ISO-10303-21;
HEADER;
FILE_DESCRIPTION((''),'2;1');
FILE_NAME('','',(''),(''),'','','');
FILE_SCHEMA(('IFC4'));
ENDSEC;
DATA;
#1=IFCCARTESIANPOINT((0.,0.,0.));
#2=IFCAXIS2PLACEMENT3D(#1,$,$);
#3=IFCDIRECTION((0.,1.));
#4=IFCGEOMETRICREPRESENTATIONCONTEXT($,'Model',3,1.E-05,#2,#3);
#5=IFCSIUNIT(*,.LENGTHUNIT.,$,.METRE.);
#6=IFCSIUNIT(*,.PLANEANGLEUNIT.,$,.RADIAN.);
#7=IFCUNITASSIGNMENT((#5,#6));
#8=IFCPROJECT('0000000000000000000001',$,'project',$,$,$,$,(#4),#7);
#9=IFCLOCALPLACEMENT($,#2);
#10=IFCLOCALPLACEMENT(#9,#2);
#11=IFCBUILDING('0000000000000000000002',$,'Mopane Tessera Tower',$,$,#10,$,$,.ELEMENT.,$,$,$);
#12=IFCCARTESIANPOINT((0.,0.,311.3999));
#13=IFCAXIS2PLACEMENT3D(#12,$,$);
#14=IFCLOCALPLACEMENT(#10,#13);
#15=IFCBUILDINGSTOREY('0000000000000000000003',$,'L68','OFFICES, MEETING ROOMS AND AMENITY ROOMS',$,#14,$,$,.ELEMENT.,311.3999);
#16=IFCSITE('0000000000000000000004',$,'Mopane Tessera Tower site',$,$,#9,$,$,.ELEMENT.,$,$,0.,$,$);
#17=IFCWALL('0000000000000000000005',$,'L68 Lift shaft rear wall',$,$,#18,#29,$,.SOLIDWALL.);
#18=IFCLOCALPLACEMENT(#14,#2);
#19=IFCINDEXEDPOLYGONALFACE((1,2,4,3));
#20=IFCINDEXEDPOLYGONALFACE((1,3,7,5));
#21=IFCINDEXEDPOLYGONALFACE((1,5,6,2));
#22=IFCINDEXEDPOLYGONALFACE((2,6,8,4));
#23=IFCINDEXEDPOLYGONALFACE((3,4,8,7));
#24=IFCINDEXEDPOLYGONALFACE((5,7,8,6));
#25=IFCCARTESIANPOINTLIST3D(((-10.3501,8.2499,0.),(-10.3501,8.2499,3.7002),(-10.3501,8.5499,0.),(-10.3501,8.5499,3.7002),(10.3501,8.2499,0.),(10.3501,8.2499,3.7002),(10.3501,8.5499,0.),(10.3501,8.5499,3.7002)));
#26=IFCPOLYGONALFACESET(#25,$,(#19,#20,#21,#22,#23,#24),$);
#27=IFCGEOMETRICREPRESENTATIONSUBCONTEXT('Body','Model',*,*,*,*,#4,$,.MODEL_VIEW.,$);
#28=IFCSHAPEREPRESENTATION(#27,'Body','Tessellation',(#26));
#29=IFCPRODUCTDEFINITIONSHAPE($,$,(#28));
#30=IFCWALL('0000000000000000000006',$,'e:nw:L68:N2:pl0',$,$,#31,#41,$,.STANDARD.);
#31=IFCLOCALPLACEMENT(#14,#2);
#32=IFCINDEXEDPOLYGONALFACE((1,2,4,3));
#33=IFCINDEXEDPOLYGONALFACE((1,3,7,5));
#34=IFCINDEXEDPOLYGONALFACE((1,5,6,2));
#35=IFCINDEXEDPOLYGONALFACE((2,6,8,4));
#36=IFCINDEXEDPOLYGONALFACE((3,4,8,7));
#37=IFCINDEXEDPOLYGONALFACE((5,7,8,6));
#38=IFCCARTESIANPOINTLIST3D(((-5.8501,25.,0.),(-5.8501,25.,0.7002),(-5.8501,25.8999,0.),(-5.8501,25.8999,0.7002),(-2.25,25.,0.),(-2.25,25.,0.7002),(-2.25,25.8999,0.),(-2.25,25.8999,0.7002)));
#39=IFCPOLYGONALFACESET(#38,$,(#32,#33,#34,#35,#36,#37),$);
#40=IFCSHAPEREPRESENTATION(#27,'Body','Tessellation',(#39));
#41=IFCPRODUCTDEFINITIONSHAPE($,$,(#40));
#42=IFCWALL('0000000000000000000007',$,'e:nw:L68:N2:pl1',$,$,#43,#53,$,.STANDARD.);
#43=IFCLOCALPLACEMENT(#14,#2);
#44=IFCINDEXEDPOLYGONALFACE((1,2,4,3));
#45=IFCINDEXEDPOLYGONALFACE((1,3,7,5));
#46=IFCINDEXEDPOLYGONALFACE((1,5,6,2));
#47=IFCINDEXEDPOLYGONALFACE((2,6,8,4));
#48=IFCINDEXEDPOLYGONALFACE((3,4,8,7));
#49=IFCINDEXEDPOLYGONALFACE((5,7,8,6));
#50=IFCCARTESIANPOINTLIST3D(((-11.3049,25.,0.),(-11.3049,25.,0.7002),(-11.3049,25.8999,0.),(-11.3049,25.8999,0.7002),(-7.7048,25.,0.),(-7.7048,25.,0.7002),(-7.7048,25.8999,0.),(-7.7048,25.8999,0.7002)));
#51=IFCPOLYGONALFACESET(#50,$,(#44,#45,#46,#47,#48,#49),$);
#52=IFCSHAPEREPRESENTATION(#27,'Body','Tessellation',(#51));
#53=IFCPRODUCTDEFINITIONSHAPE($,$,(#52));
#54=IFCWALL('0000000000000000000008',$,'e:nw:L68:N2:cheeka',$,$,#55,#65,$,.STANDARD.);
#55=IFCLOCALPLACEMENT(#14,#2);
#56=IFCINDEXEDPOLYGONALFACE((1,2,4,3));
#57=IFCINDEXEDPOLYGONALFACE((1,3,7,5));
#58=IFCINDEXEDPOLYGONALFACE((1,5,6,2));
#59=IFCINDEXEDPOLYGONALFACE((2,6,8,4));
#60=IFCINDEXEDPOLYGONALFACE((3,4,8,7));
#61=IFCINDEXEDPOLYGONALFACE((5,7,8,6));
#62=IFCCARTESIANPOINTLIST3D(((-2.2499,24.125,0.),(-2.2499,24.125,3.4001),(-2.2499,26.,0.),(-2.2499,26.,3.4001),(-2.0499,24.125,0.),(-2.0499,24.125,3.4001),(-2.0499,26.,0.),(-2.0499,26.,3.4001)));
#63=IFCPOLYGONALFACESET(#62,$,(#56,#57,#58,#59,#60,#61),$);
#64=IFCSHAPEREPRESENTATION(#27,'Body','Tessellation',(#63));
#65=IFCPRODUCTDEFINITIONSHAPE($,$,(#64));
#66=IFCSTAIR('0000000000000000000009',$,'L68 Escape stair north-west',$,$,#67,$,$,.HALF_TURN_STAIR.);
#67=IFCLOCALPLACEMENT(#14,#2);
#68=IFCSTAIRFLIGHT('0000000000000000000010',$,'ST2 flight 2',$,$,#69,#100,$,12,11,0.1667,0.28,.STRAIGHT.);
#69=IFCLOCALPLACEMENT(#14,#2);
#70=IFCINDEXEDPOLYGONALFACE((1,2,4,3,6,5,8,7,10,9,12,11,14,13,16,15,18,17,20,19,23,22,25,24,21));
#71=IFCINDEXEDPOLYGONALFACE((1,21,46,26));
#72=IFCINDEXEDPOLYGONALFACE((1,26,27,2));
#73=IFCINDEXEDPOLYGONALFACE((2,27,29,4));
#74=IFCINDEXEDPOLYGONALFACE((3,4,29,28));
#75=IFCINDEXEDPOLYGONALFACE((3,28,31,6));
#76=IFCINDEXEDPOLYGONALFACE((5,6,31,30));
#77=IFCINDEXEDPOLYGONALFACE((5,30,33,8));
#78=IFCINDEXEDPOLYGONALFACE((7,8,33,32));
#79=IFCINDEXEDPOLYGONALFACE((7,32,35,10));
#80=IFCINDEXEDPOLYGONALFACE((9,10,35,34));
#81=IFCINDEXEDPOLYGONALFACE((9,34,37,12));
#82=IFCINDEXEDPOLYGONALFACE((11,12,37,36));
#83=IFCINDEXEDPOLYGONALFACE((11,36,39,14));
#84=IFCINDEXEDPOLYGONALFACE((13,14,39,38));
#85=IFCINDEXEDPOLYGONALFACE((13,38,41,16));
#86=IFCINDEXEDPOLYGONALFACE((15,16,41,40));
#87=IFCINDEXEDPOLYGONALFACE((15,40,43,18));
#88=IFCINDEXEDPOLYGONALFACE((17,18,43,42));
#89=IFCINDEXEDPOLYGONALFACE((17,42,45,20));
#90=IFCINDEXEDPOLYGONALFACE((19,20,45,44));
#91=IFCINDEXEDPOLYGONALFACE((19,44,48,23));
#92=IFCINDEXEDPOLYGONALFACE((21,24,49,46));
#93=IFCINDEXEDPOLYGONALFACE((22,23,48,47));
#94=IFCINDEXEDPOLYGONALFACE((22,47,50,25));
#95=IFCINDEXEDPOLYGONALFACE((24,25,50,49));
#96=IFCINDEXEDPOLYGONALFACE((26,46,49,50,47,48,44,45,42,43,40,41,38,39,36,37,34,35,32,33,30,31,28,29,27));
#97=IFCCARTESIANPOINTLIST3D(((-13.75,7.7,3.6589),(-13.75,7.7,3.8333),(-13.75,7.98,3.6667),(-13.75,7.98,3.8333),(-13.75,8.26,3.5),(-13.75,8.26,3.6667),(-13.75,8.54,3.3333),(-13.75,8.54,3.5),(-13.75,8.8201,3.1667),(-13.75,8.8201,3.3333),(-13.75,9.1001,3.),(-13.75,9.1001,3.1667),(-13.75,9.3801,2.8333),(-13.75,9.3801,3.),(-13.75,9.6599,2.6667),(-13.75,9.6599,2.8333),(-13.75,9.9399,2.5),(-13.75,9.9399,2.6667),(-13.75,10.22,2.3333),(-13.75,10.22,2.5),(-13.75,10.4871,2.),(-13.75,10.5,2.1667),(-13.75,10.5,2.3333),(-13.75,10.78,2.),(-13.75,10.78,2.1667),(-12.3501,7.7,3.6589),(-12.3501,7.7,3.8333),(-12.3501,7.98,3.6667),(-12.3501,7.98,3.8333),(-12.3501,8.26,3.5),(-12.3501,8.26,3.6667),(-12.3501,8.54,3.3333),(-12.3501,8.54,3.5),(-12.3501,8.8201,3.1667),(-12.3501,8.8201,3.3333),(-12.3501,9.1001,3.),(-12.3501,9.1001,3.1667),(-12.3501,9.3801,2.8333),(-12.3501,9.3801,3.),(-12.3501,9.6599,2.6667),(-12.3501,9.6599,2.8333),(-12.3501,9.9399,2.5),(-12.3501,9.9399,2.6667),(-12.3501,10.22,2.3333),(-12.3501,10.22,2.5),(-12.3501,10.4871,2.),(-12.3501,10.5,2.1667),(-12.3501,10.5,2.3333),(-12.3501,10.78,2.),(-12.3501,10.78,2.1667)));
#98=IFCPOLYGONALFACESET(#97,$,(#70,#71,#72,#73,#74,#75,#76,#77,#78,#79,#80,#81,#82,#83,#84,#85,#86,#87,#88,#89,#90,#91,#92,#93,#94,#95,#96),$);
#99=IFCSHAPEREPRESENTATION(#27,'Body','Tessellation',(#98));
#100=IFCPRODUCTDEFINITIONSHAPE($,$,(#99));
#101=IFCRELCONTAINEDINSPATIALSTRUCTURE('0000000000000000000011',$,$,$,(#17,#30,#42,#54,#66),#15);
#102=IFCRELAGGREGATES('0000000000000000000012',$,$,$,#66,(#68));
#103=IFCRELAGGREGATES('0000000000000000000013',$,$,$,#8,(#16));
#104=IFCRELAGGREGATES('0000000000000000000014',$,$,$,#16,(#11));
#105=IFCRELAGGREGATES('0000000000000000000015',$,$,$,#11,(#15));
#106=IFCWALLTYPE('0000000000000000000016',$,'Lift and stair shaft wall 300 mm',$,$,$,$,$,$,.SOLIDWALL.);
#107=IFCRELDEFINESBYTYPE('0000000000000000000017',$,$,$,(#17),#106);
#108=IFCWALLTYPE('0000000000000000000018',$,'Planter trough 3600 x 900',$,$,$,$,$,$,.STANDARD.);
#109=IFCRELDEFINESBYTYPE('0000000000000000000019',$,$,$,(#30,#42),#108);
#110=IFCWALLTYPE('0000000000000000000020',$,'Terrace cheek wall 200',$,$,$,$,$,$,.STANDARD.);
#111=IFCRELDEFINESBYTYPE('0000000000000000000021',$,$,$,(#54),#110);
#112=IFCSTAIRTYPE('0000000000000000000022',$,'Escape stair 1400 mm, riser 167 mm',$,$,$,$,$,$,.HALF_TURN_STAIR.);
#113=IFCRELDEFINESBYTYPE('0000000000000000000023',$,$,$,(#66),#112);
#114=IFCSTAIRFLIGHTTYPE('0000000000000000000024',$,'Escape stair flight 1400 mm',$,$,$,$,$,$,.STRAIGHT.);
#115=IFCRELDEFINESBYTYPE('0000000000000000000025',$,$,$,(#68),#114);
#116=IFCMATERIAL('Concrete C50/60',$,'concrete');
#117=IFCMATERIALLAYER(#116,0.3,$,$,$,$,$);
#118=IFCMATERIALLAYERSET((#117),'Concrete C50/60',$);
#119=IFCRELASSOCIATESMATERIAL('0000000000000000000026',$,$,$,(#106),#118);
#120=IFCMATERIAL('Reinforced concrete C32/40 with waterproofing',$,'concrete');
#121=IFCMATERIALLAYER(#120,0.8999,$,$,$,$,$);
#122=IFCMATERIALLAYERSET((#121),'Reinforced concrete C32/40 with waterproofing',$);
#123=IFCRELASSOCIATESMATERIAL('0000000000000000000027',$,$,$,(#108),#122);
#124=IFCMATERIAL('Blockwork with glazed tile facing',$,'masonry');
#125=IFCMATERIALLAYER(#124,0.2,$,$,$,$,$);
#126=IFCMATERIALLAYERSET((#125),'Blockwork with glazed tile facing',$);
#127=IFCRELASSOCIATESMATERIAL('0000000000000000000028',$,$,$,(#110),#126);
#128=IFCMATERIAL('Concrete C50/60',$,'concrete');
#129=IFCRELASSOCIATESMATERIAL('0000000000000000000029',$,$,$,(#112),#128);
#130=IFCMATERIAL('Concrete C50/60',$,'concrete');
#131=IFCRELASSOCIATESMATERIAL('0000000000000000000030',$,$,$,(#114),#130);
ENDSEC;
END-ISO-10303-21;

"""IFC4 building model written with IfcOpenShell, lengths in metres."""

from ifc_helpers import new_model, si_unit, direction, frame, frame_2d, origin, place, context, subcontext, project, spatial, polyline, rectangle, outline, extrude, material, layer, layer_set, type_object, element, aggregate, save


model = new_model("IFC4")

# Units and contexts
model_context = context("Model", 3, precision=1e-05, world=origin(), true_north=direction((0.0, 1.0)))
body_context = subcontext(model_context, "Body", "Model", "MODEL_VIEW")
ifc_project = project(units=[si_unit("LENGTHUNIT", "METRE"), si_unit("PLANEANGLEUNIT", "RADIAN")], contexts=[model_context])

# Site, building, storey
site_placement = place(None, origin())
site = spatial("IfcSite", under=ifc_project, at=site_placement, Name="Mopane Tessera Tower site", CompositionType="ELEMENT", RefElevation=0.0)
building_placement = place(site_placement, origin())
building = spatial("IfcBuilding", under=site, at=building_placement, Name="Mopane Tessera Tower", CompositionType="ELEMENT")
storey_placement = place(building_placement, frame((0.0, 0.0, 311.3999)))
storey = spatial("IfcBuildingStorey", under=building, at=storey_placement, Name="L68", Description="OFFICES, MEETING ROOMS AND AMENITY ROOMS", CompositionType="ELEMENT", Elevation=311.3999)

# Walls
ifc_material_1 = material(Name="Concrete C50/60", Category="concrete")
ifc_layer_1 = layer(ifc_material_1, 0.3)
ifc_layer_set_1 = layer_set([ifc_layer_1], Name="Concrete C50/60")
wall_type_1 = type_object("IfcWallType", Name="Lift and stair shaft wall 300 mm", PredefinedType="SOLIDWALL", material=ifc_layer_set_1)
wall_1_placement = place(storey_placement, frame((-10.3501, 8.3999, 0.0), z_axis=(0.0, 0.0, 1.0), x_axis=(1.0, 0.0, 0.0)))
element("IfcWall", 1, at=wall_1_placement, inside=storey, type_object=wall_type_1, Name="L68 Lift shaft rear wall", PredefinedType="SOLIDWALL", context=body_context, shape_type="SweptSolid", body=[
    extrude(rectangle(XDim=20.7002, YDim=0.3, at=frame_2d((10.3501, 0.0))), origin(), (0.0, 0.0, 1.0), 3.7002),
])
ifc_material_2 = material(Name="Reinforced concrete C32/40 with waterproofing", Category="concrete")
ifc_layer_2 = layer(ifc_material_2, 0.8999)
ifc_layer_set_2 = layer_set([ifc_layer_2], Name="Reinforced concrete C32/40 with waterproofing")
wall_type_2 = type_object("IfcWallType", Name="Planter trough 3600 x 900", PredefinedType="STANDARD", material=ifc_layer_set_2)
for number, where, z_axis, x_axis, name in (
    (2, (-2.25, 25.45, 0.0), (0.0, 0.0, 1.0), (-1.0, 0.0, 0.0), "e:nw:L68:N2:pl0"),
    (3, (-7.7048, 25.45, 0.0), (0.0, 0.0, 1.0), (-1.0, 0.0, 0.0), "e:nw:L68:N2:pl1"),
):
    element("IfcWall", number, at=place(storey_placement, frame(where, z_axis=z_axis, x_axis=x_axis)), inside=storey, type_object=wall_type_2, Name=name, PredefinedType="STANDARD", context=body_context, shape_type="SweptSolid", body=[
        extrude(rectangle(XDim=3.6001, YDim=0.8999, at=frame_2d((1.8, 0.0))), origin(), (0.0, 0.0, 1.0), 0.7002),
    ])
ifc_material_3 = material(Name="Blockwork with glazed tile facing", Category="masonry")
ifc_layer_3 = layer(ifc_material_3, 0.2)
ifc_layer_set_3 = layer_set([ifc_layer_3], Name="Blockwork with glazed tile facing")
wall_type_3 = type_object("IfcWallType", Name="Terrace cheek wall 200", PredefinedType="STANDARD", material=ifc_layer_set_3)
wall_2_placement = place(storey_placement, frame((-2.1499, 26.0, 0.0), z_axis=(0.0, 0.0, 1.0), x_axis=(0.0, -1.0, 0.0)))
element("IfcWall", 4, at=wall_2_placement, inside=storey, type_object=wall_type_3, Name="e:nw:L68:N2:cheeka", PredefinedType="STANDARD", context=body_context, shape_type="SweptSolid", body=[
    extrude(rectangle(XDim=1.875, YDim=0.2, at=frame_2d((0.9375, 0.0))), origin(), (0.0, 0.0, 1.0), 3.4001),
])

# Stair, stair flight
ifc_material_4 = material(Name="Concrete C50/60", Category="concrete")
stair_type = type_object("IfcStairType", Name="Escape stair 1400 mm, riser 167 mm", PredefinedType="HALF_TURN_STAIR", material=ifc_material_4)
stair_placement = place(storey_placement, origin())
stair = element("IfcStair", 5, at=stair_placement, inside=storey, type_object=stair_type, Name="L68 Escape stair north-west", PredefinedType="HALF_TURN_STAIR")
ifc_material_5 = material(Name="Concrete C50/60", Category="concrete")
stair_flight_type = type_object("IfcStairFlightType", Name="Escape stair flight 1400 mm", PredefinedType="STRAIGHT", material=ifc_material_5)
stair_flight_placement = place(storey_placement, frame((-13.05, 10.78, 2.0), z_axis=(0.0, 0.0, 1.0), x_axis=(0.0, -1.0, 0.0)))
stair_flight = element("IfcStairFlight", 6, at=stair_flight_placement, type_object=stair_flight_type, Name="ST2 flight 2", NumberOfRisers=12, NumberOfTreads=11, PredefinedType="STRAIGHT", RiserHeight=0.1667, TreadLength=0.28, context=body_context, shape_type="SweptSolid", body=[
    extrude(outline(polyline([(0.0, 0.0), (0.0, 0.1667), (0.28, 0.1667), (0.28, 0.3333), (0.5601, 0.3333), (0.5601, 0.5), (0.8401, 0.5), (0.8401, 0.6667), (1.1201, 0.6667), (1.1201, 0.8333), (1.3999, 0.8333), (1.3999, 1.0), (1.6799, 1.0), (1.6799, 1.1667), (1.96, 1.1667), (1.96, 1.3333), (2.24, 1.3333), (2.24, 1.5), (2.52, 1.5), (2.52, 1.6667), (2.8, 1.6667), (2.8, 1.8333), (3.0801, 1.8333), (3.0801, 2.0), (3.0801, 1.6589), (0.293, 0.0), (0.0, 0.0)])), frame((0.0, 0.7, 0.0), z_axis=(0.0, -1.0, 0.0), x_axis=(1.0, 0.0, 0.0)), (0.0, 0.0, 1.0), 1.3999),
])
aggregate(stair, [stair_flight])

save(model, "model.ifc")
